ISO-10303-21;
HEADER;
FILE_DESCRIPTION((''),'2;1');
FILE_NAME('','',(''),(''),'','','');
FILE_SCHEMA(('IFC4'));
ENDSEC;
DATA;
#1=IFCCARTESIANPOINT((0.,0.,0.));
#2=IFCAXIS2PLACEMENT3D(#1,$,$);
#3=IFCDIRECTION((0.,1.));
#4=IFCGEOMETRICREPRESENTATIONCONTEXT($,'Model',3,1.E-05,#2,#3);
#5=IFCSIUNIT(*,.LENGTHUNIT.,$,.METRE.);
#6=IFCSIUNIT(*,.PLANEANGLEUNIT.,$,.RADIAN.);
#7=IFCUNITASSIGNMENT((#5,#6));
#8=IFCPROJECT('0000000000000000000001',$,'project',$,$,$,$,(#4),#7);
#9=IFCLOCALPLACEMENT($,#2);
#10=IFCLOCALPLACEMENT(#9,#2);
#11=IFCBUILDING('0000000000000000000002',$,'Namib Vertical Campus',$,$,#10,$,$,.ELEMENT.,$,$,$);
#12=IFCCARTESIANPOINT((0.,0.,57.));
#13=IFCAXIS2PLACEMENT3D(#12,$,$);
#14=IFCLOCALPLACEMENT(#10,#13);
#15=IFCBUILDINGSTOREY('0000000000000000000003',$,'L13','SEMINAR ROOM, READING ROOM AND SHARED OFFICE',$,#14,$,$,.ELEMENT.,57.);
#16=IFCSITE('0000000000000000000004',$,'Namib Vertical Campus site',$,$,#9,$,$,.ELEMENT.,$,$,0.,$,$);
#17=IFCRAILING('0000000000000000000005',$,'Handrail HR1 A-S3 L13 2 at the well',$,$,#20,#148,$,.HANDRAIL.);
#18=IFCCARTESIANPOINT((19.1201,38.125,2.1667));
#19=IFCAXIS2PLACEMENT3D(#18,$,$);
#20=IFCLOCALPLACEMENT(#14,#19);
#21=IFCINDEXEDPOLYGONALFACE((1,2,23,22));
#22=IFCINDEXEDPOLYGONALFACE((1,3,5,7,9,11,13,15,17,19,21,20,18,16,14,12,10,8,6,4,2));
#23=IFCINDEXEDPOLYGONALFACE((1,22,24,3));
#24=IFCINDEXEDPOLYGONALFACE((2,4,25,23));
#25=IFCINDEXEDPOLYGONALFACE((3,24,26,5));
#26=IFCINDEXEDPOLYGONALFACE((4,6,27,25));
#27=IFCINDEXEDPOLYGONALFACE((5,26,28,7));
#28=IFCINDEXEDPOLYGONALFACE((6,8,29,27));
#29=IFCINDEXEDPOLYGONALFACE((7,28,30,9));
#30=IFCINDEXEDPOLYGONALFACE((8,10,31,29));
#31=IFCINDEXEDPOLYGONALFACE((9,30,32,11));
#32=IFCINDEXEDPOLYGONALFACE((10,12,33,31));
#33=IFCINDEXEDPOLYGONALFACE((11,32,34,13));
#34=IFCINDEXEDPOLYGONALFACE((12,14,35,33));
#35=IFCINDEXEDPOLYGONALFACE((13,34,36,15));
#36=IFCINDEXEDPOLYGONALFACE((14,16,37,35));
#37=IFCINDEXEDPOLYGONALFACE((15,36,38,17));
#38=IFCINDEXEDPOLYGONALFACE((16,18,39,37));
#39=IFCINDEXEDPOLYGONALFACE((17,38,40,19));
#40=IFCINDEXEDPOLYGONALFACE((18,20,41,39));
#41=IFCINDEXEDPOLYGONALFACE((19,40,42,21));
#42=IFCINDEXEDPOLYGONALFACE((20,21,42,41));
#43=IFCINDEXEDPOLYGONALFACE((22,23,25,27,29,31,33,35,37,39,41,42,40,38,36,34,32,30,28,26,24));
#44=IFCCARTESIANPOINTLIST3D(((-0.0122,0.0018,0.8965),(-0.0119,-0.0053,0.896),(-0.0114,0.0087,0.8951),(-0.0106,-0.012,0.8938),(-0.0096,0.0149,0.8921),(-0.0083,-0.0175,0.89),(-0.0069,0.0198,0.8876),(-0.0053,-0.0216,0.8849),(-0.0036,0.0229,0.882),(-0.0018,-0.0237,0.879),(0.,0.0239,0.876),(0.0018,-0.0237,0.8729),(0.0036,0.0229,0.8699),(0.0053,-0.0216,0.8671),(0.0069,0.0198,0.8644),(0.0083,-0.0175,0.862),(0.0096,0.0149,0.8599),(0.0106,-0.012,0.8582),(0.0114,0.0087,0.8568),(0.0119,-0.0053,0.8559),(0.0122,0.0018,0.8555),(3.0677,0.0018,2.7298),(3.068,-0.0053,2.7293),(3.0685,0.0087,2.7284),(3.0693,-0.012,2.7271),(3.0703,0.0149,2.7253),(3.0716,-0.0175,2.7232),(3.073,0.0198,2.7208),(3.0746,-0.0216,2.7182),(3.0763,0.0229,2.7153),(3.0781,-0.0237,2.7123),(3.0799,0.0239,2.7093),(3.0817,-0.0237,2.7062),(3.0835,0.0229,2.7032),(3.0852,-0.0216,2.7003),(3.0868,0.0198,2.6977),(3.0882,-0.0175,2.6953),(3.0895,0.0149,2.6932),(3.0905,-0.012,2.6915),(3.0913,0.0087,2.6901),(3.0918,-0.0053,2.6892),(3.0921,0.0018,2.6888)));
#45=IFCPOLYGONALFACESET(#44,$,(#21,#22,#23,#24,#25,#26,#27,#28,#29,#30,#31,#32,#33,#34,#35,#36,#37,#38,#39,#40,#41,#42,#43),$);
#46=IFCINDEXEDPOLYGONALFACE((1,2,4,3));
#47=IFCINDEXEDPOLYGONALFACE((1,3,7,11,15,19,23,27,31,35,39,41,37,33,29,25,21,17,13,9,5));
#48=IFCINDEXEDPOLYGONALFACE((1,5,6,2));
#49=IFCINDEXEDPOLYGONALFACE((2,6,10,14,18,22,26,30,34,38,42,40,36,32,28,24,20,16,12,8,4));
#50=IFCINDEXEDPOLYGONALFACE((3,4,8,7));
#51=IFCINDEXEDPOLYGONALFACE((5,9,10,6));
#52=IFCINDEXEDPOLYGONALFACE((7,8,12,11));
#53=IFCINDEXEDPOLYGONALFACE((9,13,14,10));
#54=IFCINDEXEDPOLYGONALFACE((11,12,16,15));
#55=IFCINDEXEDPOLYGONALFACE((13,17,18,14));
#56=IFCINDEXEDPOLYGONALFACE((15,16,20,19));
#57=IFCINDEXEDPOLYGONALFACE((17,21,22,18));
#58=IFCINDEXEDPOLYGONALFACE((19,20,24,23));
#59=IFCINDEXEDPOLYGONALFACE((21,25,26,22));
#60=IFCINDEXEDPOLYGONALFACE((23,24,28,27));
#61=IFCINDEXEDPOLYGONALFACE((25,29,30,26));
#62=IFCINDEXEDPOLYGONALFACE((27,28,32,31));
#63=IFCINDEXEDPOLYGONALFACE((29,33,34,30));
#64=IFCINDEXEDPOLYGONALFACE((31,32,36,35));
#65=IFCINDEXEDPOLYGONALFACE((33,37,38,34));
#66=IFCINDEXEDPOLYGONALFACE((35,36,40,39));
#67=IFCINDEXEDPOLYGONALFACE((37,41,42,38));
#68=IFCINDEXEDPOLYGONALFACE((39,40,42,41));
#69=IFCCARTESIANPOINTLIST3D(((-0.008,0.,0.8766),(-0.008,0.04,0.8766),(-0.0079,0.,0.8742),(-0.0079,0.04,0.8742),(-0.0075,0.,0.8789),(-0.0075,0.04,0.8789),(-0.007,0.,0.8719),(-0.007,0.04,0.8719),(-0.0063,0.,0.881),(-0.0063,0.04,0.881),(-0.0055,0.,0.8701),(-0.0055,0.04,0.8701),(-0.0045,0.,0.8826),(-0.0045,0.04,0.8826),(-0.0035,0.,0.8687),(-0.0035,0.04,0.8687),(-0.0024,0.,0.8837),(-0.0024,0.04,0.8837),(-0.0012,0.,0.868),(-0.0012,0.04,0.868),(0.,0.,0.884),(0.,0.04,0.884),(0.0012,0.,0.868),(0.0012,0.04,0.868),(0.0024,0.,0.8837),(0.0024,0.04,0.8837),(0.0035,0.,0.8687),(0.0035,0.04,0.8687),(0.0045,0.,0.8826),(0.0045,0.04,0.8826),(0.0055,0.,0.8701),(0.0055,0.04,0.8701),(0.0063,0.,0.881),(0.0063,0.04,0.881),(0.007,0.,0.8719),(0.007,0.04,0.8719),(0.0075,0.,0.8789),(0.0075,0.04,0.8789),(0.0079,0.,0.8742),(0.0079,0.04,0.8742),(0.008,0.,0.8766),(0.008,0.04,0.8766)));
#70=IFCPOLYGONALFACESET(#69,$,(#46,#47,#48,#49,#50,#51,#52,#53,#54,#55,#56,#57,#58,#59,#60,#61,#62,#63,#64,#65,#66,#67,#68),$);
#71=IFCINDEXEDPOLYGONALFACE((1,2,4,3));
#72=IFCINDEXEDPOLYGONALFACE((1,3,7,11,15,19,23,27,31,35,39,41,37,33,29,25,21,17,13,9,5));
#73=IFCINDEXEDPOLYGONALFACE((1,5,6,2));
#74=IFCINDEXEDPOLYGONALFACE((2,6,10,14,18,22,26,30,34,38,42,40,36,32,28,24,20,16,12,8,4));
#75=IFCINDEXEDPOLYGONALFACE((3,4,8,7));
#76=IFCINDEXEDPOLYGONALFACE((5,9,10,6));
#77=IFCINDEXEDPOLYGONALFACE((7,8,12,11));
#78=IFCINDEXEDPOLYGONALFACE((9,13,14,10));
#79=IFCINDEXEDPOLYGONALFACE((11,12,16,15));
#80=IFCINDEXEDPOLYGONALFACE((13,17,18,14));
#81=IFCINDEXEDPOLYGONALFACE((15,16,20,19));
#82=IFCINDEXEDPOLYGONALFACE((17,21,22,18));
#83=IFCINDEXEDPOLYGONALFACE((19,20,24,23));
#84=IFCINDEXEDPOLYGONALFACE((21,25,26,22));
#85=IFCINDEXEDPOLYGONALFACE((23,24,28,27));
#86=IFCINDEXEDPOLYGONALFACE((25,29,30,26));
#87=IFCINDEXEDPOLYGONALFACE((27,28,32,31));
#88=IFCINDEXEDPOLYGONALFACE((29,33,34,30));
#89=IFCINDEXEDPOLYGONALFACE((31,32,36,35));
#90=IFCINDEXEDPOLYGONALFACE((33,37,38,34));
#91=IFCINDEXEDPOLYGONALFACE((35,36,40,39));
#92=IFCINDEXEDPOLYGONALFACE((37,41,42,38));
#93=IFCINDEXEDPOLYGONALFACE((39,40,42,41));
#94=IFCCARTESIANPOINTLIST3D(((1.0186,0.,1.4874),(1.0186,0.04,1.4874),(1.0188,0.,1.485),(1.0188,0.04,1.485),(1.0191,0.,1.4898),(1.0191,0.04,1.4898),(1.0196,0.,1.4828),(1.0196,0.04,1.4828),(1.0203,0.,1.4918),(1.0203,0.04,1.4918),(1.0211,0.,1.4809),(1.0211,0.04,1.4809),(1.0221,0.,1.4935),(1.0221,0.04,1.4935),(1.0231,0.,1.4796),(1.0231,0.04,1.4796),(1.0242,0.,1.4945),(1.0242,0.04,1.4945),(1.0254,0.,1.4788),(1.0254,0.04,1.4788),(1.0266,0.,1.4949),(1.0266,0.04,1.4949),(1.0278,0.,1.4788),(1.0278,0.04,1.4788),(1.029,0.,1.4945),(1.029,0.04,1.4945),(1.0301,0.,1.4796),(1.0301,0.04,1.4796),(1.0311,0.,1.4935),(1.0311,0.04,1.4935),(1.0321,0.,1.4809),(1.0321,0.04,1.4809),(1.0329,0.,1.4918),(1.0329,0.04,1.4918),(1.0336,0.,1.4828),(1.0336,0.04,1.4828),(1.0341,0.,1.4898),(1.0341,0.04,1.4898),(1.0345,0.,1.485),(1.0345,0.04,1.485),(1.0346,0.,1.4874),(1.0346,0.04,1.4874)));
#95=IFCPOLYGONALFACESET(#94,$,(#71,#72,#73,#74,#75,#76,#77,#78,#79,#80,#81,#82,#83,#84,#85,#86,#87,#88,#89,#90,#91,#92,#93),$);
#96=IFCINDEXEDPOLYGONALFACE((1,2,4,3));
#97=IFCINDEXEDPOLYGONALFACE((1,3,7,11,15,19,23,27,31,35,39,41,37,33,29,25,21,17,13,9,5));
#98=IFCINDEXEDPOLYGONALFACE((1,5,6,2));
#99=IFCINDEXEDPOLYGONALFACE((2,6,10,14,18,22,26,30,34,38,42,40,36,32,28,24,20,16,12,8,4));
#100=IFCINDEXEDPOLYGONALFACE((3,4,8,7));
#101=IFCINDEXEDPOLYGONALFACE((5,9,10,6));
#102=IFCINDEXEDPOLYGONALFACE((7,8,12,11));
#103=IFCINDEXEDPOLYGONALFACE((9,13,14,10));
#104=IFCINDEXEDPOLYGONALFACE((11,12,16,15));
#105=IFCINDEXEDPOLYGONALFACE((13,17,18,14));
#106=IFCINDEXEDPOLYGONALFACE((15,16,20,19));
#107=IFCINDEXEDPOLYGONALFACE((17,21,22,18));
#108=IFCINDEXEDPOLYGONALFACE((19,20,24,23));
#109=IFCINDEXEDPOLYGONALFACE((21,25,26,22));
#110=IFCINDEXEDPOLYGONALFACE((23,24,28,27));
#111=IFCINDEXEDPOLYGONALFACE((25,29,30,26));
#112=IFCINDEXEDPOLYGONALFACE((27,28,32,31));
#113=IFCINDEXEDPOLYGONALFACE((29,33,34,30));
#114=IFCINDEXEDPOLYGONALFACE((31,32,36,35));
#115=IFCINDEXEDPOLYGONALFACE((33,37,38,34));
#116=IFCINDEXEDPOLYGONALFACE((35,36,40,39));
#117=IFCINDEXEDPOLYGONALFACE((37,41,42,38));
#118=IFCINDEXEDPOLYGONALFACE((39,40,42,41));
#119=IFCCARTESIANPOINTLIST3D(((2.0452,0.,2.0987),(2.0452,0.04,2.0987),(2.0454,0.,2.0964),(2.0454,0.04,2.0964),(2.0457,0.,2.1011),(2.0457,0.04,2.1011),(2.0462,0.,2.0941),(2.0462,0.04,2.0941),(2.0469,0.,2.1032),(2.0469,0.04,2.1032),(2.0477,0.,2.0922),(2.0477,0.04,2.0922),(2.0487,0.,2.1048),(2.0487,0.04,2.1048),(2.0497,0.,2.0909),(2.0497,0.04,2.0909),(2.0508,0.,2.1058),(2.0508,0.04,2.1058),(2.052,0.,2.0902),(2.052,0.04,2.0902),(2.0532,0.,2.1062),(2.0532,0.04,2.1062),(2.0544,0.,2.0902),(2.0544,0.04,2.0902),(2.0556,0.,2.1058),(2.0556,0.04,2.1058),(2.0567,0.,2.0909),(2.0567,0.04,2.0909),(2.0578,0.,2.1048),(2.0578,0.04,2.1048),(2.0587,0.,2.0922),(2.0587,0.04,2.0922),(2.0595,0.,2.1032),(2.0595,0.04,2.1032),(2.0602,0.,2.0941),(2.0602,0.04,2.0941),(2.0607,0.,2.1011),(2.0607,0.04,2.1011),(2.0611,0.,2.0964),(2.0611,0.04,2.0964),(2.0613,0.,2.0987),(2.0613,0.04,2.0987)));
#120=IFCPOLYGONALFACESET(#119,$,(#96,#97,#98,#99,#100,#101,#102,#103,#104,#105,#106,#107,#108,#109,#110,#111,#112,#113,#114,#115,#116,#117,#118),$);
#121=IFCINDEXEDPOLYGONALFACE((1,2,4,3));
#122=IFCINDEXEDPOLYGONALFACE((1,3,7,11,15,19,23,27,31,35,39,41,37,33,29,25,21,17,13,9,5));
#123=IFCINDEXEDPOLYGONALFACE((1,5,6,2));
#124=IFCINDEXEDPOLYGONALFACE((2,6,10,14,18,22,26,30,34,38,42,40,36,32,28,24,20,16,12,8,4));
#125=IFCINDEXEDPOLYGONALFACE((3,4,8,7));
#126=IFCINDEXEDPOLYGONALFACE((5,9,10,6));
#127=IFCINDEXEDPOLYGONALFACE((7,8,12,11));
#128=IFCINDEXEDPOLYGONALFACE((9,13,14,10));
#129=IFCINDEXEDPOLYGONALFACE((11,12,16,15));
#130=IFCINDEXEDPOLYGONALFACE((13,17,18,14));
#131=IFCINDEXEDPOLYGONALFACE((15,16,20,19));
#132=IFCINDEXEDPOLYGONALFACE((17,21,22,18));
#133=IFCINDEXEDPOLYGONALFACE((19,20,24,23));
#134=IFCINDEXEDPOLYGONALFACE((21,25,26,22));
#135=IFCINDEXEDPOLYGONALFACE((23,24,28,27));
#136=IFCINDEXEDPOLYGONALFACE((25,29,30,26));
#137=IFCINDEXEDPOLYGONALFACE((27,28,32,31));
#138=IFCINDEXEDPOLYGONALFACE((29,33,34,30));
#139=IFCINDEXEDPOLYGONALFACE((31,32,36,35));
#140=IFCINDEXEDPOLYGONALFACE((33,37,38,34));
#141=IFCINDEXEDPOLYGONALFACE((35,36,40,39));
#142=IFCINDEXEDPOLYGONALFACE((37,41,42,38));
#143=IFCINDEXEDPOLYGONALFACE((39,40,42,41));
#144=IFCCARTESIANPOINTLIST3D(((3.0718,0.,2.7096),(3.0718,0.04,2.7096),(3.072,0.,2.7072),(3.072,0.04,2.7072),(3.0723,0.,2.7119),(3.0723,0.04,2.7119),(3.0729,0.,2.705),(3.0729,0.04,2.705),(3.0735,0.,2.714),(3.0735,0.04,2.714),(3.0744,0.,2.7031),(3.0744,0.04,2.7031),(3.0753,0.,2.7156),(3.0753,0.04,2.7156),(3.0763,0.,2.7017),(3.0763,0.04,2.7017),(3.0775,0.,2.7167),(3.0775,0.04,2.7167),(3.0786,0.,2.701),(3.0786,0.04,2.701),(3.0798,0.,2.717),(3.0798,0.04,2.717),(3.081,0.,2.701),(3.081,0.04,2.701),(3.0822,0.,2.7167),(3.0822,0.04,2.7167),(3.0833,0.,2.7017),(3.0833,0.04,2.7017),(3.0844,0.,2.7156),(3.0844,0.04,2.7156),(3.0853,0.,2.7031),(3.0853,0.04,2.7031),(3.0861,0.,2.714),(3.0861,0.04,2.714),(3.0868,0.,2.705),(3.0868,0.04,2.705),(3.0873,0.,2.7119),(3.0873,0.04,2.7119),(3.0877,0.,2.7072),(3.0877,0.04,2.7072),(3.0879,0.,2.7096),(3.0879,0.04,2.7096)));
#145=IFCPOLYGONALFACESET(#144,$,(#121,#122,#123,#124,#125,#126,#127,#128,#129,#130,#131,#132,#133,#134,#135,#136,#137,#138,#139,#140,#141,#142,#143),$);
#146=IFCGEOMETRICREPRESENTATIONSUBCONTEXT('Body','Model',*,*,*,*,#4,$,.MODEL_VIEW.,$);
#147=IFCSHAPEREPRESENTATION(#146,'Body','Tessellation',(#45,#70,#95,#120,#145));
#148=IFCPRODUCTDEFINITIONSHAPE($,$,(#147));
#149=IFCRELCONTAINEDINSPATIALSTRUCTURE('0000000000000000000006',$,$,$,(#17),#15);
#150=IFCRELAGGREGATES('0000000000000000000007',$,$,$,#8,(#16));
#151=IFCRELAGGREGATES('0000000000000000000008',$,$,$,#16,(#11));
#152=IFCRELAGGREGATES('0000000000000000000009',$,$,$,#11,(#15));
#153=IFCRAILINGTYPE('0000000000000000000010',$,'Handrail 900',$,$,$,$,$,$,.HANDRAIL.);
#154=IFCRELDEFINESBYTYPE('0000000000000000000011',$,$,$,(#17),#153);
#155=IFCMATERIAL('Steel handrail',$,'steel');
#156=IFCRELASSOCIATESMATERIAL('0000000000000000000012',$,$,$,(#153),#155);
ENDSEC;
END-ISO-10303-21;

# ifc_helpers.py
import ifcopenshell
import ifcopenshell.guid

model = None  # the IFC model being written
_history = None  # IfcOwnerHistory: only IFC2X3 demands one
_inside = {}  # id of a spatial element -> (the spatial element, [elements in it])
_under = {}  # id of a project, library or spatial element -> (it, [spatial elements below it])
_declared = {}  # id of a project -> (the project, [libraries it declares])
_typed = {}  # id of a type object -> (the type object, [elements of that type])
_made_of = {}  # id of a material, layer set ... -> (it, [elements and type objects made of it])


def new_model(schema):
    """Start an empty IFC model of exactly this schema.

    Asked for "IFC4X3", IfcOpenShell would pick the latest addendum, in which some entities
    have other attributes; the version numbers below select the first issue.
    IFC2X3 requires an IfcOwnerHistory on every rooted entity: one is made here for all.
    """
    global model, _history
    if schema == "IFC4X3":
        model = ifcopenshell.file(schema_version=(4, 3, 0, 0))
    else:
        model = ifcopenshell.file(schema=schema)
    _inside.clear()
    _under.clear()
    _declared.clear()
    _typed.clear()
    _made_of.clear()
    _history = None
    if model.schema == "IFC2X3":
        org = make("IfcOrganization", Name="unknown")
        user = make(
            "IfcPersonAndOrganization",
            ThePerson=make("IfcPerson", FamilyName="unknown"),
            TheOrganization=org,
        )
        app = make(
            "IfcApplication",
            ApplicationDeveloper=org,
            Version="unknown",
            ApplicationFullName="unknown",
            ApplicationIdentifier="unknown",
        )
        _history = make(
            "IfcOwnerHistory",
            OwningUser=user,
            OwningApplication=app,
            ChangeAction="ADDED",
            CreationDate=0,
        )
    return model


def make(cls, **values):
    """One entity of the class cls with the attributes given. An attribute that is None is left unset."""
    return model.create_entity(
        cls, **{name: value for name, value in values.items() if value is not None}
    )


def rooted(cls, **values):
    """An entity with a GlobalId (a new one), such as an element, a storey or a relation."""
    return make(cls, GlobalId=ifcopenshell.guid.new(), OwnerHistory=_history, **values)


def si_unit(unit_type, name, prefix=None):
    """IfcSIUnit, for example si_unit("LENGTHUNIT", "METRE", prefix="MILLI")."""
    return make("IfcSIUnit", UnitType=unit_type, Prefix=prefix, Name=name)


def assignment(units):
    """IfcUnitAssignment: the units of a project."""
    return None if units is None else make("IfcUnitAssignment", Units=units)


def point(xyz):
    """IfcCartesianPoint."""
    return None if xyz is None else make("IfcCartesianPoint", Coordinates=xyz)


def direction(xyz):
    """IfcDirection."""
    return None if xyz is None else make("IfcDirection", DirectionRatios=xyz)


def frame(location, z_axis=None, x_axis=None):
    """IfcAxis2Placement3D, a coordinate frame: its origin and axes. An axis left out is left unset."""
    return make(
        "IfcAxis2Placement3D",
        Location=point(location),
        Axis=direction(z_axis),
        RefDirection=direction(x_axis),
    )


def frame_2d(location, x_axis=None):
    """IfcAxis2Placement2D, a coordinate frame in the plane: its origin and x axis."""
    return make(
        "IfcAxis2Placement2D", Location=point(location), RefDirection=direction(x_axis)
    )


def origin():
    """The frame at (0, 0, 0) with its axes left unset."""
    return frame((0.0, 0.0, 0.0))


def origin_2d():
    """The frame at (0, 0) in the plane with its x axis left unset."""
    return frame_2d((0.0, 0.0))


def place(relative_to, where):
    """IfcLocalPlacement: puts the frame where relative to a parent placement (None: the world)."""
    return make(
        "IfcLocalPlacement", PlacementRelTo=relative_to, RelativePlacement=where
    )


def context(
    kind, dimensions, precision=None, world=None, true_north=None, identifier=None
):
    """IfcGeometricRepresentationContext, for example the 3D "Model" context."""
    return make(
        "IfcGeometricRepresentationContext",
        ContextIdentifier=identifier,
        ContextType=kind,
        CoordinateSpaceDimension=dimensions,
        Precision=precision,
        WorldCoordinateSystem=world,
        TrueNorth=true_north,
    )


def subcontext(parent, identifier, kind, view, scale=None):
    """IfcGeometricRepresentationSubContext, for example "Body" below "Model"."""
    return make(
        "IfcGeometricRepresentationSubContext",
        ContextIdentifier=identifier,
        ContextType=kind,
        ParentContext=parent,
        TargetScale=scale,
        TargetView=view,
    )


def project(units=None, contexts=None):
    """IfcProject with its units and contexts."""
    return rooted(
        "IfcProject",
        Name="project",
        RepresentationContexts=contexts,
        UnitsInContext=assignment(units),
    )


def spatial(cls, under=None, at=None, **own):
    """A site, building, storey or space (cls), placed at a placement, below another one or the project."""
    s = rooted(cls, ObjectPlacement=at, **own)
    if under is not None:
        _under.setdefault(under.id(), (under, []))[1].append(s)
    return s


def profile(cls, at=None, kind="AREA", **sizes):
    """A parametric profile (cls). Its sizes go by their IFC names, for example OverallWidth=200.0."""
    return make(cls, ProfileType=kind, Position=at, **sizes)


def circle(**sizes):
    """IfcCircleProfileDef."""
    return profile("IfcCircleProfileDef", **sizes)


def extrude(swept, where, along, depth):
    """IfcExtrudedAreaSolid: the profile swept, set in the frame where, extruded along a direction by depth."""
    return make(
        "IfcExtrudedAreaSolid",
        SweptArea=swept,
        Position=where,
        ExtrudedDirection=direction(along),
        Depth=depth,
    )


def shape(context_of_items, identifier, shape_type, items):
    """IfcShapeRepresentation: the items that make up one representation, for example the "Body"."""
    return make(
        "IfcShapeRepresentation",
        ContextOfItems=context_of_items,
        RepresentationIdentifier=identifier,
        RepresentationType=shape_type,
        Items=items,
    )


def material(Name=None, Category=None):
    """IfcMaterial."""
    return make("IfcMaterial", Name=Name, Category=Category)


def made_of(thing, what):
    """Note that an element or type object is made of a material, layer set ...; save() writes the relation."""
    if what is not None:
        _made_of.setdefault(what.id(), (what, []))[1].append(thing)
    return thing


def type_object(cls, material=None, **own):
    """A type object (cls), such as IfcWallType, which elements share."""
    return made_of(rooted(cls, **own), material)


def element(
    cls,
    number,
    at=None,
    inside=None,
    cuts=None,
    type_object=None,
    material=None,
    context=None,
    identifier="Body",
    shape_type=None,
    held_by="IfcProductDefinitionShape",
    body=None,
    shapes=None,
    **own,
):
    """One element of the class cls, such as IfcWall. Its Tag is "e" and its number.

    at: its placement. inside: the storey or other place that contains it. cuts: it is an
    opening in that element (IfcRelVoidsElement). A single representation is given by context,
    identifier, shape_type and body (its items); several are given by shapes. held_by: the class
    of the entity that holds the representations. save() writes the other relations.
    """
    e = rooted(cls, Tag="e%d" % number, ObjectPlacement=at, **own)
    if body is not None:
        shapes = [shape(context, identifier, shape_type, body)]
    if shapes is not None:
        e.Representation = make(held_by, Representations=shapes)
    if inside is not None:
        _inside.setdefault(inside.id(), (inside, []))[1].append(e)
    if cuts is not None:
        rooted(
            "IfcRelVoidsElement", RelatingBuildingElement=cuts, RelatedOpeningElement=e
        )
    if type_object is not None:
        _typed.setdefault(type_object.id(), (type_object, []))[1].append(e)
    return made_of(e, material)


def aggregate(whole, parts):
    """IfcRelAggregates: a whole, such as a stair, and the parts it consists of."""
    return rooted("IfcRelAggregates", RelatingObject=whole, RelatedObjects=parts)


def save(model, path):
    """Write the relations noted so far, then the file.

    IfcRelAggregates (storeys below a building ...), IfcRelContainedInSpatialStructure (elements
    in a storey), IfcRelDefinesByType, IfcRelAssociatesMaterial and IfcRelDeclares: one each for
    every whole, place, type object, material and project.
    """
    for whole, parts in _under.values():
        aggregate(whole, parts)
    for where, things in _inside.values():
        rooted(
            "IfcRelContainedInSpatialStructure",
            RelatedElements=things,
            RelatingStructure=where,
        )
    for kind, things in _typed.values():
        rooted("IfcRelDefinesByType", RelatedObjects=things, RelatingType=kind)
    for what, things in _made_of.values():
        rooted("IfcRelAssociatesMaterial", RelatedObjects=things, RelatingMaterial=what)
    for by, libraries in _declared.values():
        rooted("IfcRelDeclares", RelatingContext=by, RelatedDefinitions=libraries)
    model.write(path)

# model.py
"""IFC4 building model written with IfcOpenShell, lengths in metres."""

from ifc_helpers import new_model, si_unit, direction, frame, origin, origin_2d, place, context, subcontext, project, spatial, circle, extrude, material, type_object, element, save


model = new_model("IFC4")

# Units and contexts
model_context = context("Model", 3, precision=1e-05, world=origin(), true_north=direction((0.0, 1.0)))
body_context = subcontext(model_context, "Body", "Model", "MODEL_VIEW")
ifc_project = project(units=[si_unit("LENGTHUNIT", "METRE"), si_unit("PLANEANGLEUNIT", "RADIAN")], contexts=[model_context])

# Site, building, storey
site_placement = place(None, origin())
site = spatial("IfcSite", under=ifc_project, at=site_placement, Name="Namib Vertical Campus site", CompositionType="ELEMENT", RefElevation=0.0)
building_placement = place(site_placement, origin())
building = spatial("IfcBuilding", under=site, at=building_placement, Name="Namib Vertical Campus", CompositionType="ELEMENT")
storey_placement = place(building_placement, frame((0.0, 0.0, 57.0)))
storey = spatial("IfcBuildingStorey", under=building, at=storey_placement, Name="L13", Description="SEMINAR ROOM, READING ROOM AND SHARED OFFICE", CompositionType="ELEMENT", Elevation=57.0)

# Railing
ifc_material_1 = material(Name="Steel handrail", Category="steel")
railing_type = type_object("IfcRailingType", Name="Handrail 900", PredefinedType="HANDRAIL", material=ifc_material_1)
railing_1_placement = place(storey_placement, frame((19.1201, 38.125, 2.1667)))
element("IfcRailing", 1, at=railing_1_placement, inside=storey, type_object=railing_type, Name="Handrail HR1 A-S3 L13 2 at the well", PredefinedType="HANDRAIL", context=body_context, shape_type="SweptSolid", body=[
    extrude(circle(Radius=0.0239, at=origin_2d()), frame((0.0, 0.0, 0.876), z_axis=(0.859291, 0.0, 0.511487), x_axis=(0.0, 1.0, 0.0)), (0.0, 0.0, 1.0), 3.5842),
    extrude(circle(Radius=0.0081, at=origin_2d()), frame((0.0, 0.0, 0.876), z_axis=(0.0, 1.0, 0.0), x_axis=(0.0, 0.0, 1.0)), (0.0, 0.0, 1.0), 0.04),
    extrude(circle(Radius=0.0081, at=origin_2d()), frame((1.0266, 0.0, 1.4868), z_axis=(0.0, 1.0, 0.0), x_axis=(0.0, 0.0, 1.0)), (0.0, 0.0, 1.0), 0.04),
    extrude(circle(Radius=0.0081, at=origin_2d()), frame((2.0532, 0.0, 2.0981), z_axis=(0.0, 1.0, 0.0), x_axis=(0.0, 0.0, 1.0)), (0.0, 0.0, 1.0), 0.04),
    extrude(circle(Radius=0.0081, at=origin_2d()), frame((3.0798, 0.0, 2.709), z_axis=(0.0, 1.0, 0.0), x_axis=(0.0, 0.0, 1.0)), (0.0, 0.0, 1.0), 0.04),
])

save(model, "model.ifc")
